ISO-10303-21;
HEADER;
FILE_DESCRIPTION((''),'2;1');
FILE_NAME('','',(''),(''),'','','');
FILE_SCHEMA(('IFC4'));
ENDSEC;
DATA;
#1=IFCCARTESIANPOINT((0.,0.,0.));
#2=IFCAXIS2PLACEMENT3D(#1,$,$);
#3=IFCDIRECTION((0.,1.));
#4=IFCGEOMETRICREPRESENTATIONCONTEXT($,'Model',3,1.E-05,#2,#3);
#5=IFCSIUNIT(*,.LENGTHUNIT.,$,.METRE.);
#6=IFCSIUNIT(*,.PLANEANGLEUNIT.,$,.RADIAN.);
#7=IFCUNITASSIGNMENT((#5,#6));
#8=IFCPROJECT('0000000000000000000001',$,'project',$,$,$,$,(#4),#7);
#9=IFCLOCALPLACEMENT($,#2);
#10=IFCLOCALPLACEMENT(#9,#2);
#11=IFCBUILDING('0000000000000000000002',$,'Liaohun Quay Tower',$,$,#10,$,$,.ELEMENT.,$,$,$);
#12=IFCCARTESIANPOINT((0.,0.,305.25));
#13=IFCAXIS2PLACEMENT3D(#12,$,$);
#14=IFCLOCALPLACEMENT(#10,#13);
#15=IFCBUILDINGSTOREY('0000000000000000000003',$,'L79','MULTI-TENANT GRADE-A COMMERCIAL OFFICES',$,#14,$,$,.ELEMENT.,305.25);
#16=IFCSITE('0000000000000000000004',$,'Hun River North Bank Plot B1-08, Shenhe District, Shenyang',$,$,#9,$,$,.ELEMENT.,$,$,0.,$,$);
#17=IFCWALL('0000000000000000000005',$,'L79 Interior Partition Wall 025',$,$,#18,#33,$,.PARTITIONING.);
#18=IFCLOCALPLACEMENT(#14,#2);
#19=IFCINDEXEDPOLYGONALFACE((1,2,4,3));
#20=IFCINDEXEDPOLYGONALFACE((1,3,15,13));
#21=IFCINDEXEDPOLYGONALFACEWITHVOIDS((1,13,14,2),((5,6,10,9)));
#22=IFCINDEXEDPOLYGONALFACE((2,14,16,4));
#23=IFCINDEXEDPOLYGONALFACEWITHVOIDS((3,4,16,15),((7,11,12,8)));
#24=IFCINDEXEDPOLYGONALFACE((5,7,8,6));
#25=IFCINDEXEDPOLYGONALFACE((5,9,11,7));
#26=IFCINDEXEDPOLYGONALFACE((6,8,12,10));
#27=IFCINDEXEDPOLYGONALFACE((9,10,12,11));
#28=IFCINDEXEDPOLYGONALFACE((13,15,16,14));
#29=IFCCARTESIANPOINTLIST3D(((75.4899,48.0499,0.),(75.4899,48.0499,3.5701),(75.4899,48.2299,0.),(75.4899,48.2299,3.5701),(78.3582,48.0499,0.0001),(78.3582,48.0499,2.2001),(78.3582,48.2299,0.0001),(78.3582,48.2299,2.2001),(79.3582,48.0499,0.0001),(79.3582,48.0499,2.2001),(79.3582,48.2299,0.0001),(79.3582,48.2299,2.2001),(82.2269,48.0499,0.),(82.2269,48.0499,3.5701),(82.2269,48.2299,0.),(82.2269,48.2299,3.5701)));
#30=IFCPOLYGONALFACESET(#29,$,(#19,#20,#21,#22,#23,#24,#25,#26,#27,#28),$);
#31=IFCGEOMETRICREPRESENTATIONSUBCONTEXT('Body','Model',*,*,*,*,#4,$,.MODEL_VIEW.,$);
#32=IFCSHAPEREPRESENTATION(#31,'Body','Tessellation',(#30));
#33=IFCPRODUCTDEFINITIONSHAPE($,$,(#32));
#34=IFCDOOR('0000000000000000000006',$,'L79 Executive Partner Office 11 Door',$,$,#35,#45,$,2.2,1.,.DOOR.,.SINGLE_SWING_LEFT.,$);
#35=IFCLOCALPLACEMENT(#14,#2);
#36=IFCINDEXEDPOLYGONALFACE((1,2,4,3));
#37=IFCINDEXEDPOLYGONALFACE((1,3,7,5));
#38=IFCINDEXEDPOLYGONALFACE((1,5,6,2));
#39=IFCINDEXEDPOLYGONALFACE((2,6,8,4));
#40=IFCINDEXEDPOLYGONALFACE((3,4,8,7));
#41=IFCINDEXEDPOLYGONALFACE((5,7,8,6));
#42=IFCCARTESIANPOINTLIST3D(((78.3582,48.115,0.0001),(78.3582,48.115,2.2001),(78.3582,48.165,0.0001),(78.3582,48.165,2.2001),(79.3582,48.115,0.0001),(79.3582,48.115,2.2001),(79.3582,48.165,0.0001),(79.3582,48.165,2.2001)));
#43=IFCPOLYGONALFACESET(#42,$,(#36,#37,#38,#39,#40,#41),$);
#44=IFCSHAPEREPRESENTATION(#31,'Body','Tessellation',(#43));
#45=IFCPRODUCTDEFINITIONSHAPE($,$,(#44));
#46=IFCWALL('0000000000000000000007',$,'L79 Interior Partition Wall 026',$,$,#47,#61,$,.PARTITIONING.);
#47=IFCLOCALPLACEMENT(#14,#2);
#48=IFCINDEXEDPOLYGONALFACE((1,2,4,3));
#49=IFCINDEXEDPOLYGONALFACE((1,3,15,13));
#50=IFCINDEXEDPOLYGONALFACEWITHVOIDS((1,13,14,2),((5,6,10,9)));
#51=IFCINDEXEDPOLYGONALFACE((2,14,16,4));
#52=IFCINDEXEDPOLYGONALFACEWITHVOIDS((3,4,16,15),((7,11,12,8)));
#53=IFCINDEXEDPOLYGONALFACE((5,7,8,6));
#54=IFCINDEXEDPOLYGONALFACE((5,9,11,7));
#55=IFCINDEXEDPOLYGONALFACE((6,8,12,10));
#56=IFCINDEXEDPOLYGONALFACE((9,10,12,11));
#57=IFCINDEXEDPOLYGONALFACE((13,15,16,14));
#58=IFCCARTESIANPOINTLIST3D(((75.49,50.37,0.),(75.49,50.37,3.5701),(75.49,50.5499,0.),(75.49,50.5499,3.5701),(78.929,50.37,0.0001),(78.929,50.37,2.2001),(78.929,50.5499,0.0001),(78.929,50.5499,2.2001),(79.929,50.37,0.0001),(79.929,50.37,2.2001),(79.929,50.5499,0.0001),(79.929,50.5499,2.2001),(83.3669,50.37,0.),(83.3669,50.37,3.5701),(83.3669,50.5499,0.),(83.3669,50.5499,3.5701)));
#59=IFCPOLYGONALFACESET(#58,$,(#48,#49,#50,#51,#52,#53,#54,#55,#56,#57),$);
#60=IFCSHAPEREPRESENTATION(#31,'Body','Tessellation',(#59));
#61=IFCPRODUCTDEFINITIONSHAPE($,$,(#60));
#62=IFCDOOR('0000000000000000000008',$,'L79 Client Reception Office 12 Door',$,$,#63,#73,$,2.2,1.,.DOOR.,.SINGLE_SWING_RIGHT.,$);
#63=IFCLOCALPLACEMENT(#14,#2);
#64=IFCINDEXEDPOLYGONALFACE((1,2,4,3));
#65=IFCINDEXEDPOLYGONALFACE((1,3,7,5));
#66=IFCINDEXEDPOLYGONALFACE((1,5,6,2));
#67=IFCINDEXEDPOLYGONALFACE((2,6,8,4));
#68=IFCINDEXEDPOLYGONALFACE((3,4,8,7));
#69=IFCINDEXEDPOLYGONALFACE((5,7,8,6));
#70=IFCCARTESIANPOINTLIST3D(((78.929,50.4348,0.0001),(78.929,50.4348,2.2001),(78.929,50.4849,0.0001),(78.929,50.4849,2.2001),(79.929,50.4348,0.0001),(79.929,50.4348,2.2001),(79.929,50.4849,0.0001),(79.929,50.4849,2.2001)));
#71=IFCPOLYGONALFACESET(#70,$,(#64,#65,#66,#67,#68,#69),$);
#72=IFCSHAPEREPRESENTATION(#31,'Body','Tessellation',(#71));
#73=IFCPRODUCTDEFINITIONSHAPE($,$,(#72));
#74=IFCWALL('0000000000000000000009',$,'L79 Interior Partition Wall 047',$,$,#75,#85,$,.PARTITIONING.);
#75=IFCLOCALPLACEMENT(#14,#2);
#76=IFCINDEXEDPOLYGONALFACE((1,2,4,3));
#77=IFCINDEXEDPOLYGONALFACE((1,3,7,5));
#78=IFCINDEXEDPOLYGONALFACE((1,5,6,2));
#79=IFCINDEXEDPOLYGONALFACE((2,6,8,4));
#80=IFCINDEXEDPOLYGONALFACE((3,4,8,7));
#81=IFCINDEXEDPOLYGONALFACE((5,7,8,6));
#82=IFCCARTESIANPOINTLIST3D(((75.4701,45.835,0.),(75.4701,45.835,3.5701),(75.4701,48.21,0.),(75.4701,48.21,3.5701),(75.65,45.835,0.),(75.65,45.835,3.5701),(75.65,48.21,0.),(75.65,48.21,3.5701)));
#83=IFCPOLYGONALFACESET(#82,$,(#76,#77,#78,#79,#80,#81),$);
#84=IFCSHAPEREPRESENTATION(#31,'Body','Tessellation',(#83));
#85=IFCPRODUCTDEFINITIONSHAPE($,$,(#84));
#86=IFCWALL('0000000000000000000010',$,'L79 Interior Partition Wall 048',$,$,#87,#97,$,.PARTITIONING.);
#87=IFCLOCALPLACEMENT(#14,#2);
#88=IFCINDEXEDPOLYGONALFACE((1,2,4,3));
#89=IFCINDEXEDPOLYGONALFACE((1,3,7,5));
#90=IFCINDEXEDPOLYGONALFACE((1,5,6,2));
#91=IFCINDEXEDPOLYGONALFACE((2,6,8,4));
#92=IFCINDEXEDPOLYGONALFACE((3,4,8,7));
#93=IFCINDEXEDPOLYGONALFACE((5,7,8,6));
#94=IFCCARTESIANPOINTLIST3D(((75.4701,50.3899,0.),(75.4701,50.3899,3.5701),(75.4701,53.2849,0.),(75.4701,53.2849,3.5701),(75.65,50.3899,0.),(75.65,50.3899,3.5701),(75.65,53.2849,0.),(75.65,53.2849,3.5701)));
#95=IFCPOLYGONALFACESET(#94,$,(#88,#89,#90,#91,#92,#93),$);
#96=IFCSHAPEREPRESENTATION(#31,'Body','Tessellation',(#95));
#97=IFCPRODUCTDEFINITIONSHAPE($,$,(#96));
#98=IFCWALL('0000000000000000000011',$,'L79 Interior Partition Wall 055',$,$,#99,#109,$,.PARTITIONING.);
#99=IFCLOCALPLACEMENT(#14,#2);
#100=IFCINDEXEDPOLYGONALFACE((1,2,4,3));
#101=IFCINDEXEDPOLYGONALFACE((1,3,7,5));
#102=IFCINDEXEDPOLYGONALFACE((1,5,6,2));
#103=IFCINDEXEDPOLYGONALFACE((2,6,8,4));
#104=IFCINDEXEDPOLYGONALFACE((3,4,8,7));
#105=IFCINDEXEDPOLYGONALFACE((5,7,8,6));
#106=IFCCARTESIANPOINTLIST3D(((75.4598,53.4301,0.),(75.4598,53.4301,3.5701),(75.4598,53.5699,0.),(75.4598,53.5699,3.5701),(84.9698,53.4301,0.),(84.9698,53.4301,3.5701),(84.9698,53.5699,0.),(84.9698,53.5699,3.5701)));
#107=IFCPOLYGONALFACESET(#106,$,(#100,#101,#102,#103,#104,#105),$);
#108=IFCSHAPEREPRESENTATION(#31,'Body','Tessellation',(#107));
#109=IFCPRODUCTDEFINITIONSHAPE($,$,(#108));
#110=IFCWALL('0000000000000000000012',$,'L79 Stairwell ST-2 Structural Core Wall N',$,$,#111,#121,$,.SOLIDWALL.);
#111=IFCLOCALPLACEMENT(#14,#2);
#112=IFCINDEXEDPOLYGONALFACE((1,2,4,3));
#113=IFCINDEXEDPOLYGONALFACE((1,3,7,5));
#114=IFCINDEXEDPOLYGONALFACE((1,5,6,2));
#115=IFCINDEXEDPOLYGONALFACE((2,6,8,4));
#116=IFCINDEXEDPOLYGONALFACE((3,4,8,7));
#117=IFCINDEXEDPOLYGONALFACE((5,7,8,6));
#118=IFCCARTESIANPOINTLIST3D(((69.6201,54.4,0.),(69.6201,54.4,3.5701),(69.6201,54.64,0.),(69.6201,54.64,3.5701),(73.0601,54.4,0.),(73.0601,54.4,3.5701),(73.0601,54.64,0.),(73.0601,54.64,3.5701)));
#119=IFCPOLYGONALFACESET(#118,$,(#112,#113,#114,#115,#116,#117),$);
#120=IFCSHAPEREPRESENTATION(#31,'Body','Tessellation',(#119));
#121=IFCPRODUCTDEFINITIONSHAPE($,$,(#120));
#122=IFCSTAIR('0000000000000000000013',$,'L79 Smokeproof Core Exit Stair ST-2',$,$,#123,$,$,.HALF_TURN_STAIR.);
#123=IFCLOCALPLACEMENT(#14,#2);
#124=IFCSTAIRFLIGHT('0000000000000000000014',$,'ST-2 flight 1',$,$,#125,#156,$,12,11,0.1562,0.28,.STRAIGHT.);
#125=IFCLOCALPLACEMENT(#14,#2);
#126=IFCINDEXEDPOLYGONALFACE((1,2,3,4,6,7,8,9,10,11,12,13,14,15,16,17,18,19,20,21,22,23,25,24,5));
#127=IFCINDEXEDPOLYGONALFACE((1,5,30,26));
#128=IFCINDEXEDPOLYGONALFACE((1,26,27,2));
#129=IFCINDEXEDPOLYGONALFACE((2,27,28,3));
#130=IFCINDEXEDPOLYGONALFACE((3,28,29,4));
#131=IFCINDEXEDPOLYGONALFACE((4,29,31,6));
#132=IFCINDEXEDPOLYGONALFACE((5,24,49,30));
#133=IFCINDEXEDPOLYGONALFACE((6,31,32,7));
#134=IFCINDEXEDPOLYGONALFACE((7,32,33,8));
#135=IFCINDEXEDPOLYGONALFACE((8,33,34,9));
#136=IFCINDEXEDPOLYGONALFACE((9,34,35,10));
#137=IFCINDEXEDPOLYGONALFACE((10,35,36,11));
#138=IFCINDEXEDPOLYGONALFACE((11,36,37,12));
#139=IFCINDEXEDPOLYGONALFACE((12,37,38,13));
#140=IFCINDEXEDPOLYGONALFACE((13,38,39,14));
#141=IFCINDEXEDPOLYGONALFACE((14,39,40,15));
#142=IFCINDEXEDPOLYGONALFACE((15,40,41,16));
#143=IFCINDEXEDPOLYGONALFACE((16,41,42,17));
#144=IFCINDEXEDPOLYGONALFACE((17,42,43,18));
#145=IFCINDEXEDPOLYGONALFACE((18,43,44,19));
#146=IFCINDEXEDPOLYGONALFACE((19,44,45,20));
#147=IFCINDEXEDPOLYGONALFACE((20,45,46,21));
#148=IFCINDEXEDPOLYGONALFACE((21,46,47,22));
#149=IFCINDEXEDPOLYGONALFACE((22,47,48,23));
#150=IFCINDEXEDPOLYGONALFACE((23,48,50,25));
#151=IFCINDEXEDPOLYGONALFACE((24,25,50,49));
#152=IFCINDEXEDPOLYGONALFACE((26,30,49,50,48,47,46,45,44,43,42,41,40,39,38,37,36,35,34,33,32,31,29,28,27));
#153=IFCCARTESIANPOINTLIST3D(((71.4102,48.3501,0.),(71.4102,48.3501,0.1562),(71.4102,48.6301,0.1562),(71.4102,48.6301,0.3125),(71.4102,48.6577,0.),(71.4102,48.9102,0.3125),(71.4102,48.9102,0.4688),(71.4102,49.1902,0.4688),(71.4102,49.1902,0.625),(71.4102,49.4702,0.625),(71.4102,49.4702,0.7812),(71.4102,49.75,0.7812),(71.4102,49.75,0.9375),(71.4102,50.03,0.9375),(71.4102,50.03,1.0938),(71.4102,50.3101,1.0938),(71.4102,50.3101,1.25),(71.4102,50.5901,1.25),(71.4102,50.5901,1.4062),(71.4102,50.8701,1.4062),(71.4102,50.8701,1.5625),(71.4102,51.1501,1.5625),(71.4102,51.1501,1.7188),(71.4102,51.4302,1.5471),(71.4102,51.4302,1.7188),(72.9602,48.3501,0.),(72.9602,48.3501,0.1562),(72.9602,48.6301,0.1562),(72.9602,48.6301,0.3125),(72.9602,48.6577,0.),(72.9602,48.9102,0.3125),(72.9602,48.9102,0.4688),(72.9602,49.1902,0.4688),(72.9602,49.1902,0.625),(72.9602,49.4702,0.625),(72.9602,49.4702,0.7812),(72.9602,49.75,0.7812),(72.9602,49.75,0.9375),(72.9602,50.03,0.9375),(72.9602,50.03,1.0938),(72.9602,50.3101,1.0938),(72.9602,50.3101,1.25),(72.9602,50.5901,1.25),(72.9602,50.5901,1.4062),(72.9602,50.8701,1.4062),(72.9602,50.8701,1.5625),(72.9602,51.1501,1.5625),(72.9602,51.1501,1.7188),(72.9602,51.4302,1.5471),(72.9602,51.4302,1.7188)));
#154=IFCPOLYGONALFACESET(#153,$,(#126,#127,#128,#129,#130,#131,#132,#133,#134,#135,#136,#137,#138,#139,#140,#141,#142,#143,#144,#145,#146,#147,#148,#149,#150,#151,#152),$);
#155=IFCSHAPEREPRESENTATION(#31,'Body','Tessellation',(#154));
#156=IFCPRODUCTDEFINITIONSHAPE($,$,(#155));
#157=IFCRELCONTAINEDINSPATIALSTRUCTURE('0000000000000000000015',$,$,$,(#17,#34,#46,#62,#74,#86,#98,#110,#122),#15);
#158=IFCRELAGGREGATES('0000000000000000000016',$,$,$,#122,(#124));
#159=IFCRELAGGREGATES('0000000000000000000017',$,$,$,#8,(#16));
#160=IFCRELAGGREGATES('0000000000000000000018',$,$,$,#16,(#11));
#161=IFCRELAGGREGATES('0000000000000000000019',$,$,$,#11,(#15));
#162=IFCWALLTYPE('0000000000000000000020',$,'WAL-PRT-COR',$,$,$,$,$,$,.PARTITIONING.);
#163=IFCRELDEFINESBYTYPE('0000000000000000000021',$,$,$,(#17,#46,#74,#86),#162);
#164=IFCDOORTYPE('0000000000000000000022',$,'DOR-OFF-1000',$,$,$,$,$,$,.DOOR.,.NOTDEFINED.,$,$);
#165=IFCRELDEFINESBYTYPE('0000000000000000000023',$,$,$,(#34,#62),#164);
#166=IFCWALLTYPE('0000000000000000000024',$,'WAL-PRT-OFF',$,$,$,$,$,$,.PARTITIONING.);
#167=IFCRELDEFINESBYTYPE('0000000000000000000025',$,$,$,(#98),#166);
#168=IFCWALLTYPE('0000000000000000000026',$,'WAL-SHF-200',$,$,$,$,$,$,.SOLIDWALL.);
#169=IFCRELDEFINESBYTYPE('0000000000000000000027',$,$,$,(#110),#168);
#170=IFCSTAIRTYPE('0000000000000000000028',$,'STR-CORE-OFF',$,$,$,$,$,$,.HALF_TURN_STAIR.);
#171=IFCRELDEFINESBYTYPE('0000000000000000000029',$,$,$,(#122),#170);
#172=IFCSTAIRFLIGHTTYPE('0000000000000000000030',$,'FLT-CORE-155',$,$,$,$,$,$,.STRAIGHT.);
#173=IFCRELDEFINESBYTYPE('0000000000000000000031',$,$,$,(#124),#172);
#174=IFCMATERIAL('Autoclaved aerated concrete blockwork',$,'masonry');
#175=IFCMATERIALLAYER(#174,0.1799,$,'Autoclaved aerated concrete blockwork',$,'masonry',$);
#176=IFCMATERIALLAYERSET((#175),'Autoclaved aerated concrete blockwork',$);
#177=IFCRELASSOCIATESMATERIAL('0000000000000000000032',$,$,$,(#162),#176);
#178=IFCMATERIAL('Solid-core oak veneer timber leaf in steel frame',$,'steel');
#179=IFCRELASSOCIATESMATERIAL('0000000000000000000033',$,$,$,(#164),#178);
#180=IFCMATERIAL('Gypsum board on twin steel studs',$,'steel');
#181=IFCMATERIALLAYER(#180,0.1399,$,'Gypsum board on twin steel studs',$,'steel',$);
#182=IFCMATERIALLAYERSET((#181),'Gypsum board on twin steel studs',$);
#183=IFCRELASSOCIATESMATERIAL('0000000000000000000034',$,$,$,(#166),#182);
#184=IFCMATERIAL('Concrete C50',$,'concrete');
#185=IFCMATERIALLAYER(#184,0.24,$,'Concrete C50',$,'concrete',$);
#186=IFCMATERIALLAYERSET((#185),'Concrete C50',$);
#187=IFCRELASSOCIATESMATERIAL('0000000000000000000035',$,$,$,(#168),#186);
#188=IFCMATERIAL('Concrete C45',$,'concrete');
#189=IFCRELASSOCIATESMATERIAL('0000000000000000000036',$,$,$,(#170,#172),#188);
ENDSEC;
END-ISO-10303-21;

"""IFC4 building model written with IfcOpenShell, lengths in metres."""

from ifc_helpers import new_model, si_unit, direction, frame, frame_2d, origin, place, context, subcontext, project, spatial, polyline, rectangle, outline, extrude, source, transform, mapped, material, layer, layer_set, type_object, element, fill, aggregate, save


model = new_model("IFC4")

# Units and contexts
model_context = context("Model", 3, precision=1e-05, world=origin(), true_north=direction((0.0, 1.0)))
body_context = subcontext(model_context, "Body", "Model", "MODEL_VIEW")
ifc_project = project(units=[si_unit("LENGTHUNIT", "METRE"), si_unit("PLANEANGLEUNIT", "RADIAN")], contexts=[model_context])

# Site, building, storey
site_placement = place(None, origin())
site = spatial("IfcSite", under=ifc_project, at=site_placement, Name="Hun River North Bank Plot B1-08, Shenhe District, Shenyang", CompositionType="ELEMENT", RefElevation=0.0)
building_placement = place(site_placement, origin())
building = spatial("IfcBuilding", under=site, at=building_placement, Name="Liaohun Quay Tower", CompositionType="ELEMENT")
storey_placement = place(building_placement, frame((0.0, 0.0, 305.25)))
storey = spatial("IfcBuildingStorey", under=building, at=storey_placement, Name="L79", Description="MULTI-TENANT GRADE-A COMMERCIAL OFFICES", CompositionType="ELEMENT", Elevation=305.25)

# Walls, openings, doors
ifc_material_1 = material(Name="Autoclaved aerated concrete blockwork", Category="masonry")
ifc_layer_1 = layer(ifc_material_1, 0.1799, Name="Autoclaved aerated concrete blockwork", Category="masonry")
ifc_layer_set_1 = layer_set([ifc_layer_1], Name="Autoclaved aerated concrete blockwork")
wall_type_1 = type_object("IfcWallType", Name="WAL-PRT-COR", PredefinedType="PARTITIONING", material=ifc_layer_set_1)
wall_1_placement = place(storey_placement, frame((82.2271, 48.1399, 0.0), z_axis=(0.0, 0.0, 1.0), x_axis=(-1.0, 0.0, 0.0)))
wall_1 = element("IfcWall", 1, at=wall_1_placement, inside=storey, type_object=wall_type_1, Name="L79 Interior Partition Wall 025", PredefinedType="PARTITIONING", context=body_context, shape_type="SweptSolid", body=[
    extrude(rectangle(XDim=6.7371, YDim=0.1799, at=frame_2d((3.3687, 0.0))), origin(), (0.0, 0.0, 1.0), 3.5701),
])
shared_shape_1 = source(origin(), body_context, "Body", "SweptSolid", [
    extrude(rectangle(XDim=1.0, YDim=2.2, at=frame_2d((0.5, 1.1001))), frame((0.0, 0.0999, 0.0), z_axis=(0.0, -1.0, 0.0), x_axis=(1.0, 0.0, 0.0)), (0.0, 0.0, 1.0), 0.2),
])
opening_1_placement = place(wall_1_placement, frame((2.8689, 0.0, 0.0)))
opening_1 = element("IfcOpeningElement", 2, at=opening_1_placement, cuts=wall_1, PredefinedType="OPENING", context=body_context, shape_type="MappedRepresentation", body=[
    mapped(shared_shape_1, transform((0.0, 0.0, 0.0), x_axis=(1.0, 0.0, 0.0), y_axis=(0.0, 1.0, 0.0), z_axis=(0.0, 0.0, 1.0), scale=1.0)),
])
ifc_material_2 = material(Name="Solid-core oak veneer timber leaf in steel frame", Category="steel")
door_type_1 = type_object("IfcDoorType", Name="DOR-OFF-1000", OperationType="NOTDEFINED", PredefinedType="DOOR", material=ifc_material_2)
shared_shape_2 = source(origin(), body_context, "Body", "SweptSolid", [
    extrude(rectangle(XDim=1.0, YDim=2.2, at=frame_2d((0.5, 1.1001))), frame((0.0, 0.0249, 0.0), z_axis=(0.0, -1.0, 0.0), x_axis=(1.0, 0.0, 0.0)), (0.0, 0.0, 1.0), 0.05),
])
door_1_placement = place(opening_1_placement, origin())
door_1 = element("IfcDoor", 3, at=door_1_placement, inside=storey, type_object=door_type_1, Name="L79 Executive Partner Office 11 Door", OperationType="SINGLE_SWING_LEFT", OverallHeight=2.2, OverallWidth=1.0, PredefinedType="DOOR", context=body_context, shape_type="MappedRepresentation", body=[
    mapped(shared_shape_2, transform((0.0, 0.0, 0.0), x_axis=(1.0, 0.0, 0.0), y_axis=(0.0, 1.0, 0.0), z_axis=(0.0, 0.0, 1.0), scale=1.0)),
])
fill(opening_1, door_1)
wall_2_placement = place(storey_placement, frame((75.49, 50.46, 0.0), z_axis=(0.0, 0.0, 1.0), x_axis=(1.0, 0.0, 0.0)))
wall_2 = element("IfcWall", 4, at=wall_2_placement, inside=storey, type_object=wall_type_1, Name="L79 Interior Partition Wall 026", PredefinedType="PARTITIONING", context=body_context, shape_type="SweptSolid", body=[
    extrude(rectangle(XDim=7.877, YDim=0.1799, at=frame_2d((3.9385, 0.0))), origin(), (0.0, 0.0, 1.0), 3.5701),
])
opening_2_placement = place(wall_2_placement, frame((3.439, 0.0, 0.0)))
opening_2 = element("IfcOpeningElement", 5, at=opening_2_placement, cuts=wall_2, PredefinedType="OPENING", context=body_context, shape_type="MappedRepresentation", body=[
    mapped(shared_shape_1, transform((0.0, 0.0, 0.0), x_axis=(1.0, 0.0, 0.0), y_axis=(0.0, 1.0, 0.0), z_axis=(0.0, 0.0, 1.0), scale=1.0)),
])
door_2_placement = place(opening_2_placement, origin())
door_2 = element("IfcDoor", 6, at=door_2_placement, inside=storey, type_object=door_type_1, Name="L79 Client Reception Office 12 Door", OperationType="SINGLE_SWING_RIGHT", OverallHeight=2.2, OverallWidth=1.0, PredefinedType="DOOR", context=body_context, shape_type="MappedRepresentation", body=[
    mapped(shared_shape_2, transform((0.0, 0.0, 0.0), x_axis=(1.0, 0.0, 0.0), y_axis=(0.0, 1.0, 0.0), z_axis=(0.0, 0.0, 1.0), scale=1.0)),
])
fill(opening_2, door_2)

# Walls
wall_3_placement = place(storey_placement, frame((75.5601, 48.21, 0.0), z_axis=(0.0, 0.0, 1.0), x_axis=(0.0, -1.0, 0.0)))
element("IfcWall", 7, at=wall_3_placement, inside=storey, type_object=wall_type_1, Name="L79 Interior Partition Wall 047", PredefinedType="PARTITIONING", context=body_context, shape_type="SweptSolid", body=[
    extrude(rectangle(XDim=2.375, YDim=0.1799, at=frame_2d((1.1875, 0.0))), origin(), (0.0, 0.0, 1.0), 3.5701),
])
wall_4_placement = place(storey_placement, frame((75.5601, 53.2849, 0.0), z_axis=(0.0, 0.0, 1.0), x_axis=(0.0, -1.0, 0.0)))
element("IfcWall", 8, at=wall_4_placement, inside=storey, type_object=wall_type_1, Name="L79 Interior Partition Wall 048", PredefinedType="PARTITIONING", context=body_context, shape_type="SweptSolid", body=[
    extrude(rectangle(XDim=2.895, YDim=0.1799, at=frame_2d((1.4475, 0.0))), origin(), (0.0, 0.0, 1.0), 3.5701),
])
ifc_material_3 = material(Name="Gypsum board on twin steel studs", Category="steel")
ifc_layer_2 = layer(ifc_material_3, 0.1399, Name="Gypsum board on twin steel studs", Category="steel")
ifc_layer_set_2 = layer_set([ifc_layer_2], Name="Gypsum board on twin steel studs")
wall_type_2 = type_object("IfcWallType", Name="WAL-PRT-OFF", PredefinedType="PARTITIONING", material=ifc_layer_set_2)
wall_5_placement = place(storey_placement, frame((75.46, 53.5, 0.0), z_axis=(0.0, 0.0, 1.0), x_axis=(1.0, 0.0, 0.0)))
element("IfcWall", 9, at=wall_5_placement, inside=storey, type_object=wall_type_2, Name="L79 Interior Partition Wall 055", PredefinedType="PARTITIONING", context=body_context, shape_type="SweptSolid", body=[
    extrude(rectangle(XDim=9.51, YDim=0.1399, at=frame_2d((4.7549, 0.0))), origin(), (0.0, 0.0, 1.0), 3.5701),
])

# Wall
ifc_material_4 = material(Name="Concrete C50", Category="concrete")
ifc_layer_3 = layer(ifc_material_4, 0.24, Name="Concrete C50", Category="concrete")
ifc_layer_set_3 = layer_set([ifc_layer_3], Name="Concrete C50")
wall_type_3 = type_object("IfcWallType", Name="WAL-SHF-200", PredefinedType="SOLIDWALL", material=ifc_layer_set_3)
wall_6_placement = place(storey_placement, frame((73.0601, 54.52, 0.0), z_axis=(0.0, 0.0, 1.0), x_axis=(-1.0, 0.0, 0.0)))
element("IfcWall", 10, at=wall_6_placement, inside=storey, type_object=wall_type_3, Name="L79 Stairwell ST-2 Structural Core Wall N", PredefinedType="SOLIDWALL", context=body_context, shape_type="SweptSolid", body=[
    extrude(rectangle(XDim=3.4399, YDim=0.24, at=frame_2d((1.72, 0.0))), origin(), (0.0, 0.0, 1.0), 3.5701),
])

# Stair, stair flight
ifc_material_5 = material(Name="Concrete C45", Category="concrete")
stair_type = type_object("IfcStairType", Name="STR-CORE-OFF", PredefinedType="HALF_TURN_STAIR", material=ifc_material_5)
stair_placement = place(storey_placement, origin())
stair = element("IfcStair", 11, at=stair_placement, inside=storey, type_object=stair_type, Name="L79 Smokeproof Core Exit Stair ST-2", PredefinedType="HALF_TURN_STAIR")
stair_flight_type = type_object("IfcStairFlightType", Name="FLT-CORE-155", PredefinedType="STRAIGHT", material=ifc_material_5)
stair_flight_1_placement = place(storey_placement, frame((72.1851, 48.3501, 0.0), z_axis=(0.0, 0.0, 1.0), x_axis=(0.0, 1.0, 0.0)))
stair_flight_1 = element("IfcStairFlight", 12, at=stair_flight_1_placement, type_object=stair_flight_type, Name="ST-2 flight 1", NumberOfRisers=12, NumberOfTreads=11, PredefinedType="STRAIGHT", RiserHeight=0.1562, TreadLength=0.28, context=body_context, shape_type="SweptSolid", body=[
    extrude(outline(polyline([(0.0, 0.0), (0.0, 0.1562), (0.28, 0.1562), (0.28, 0.3125), (0.5601, 0.3125), (0.5601, 0.4688), (0.8401, 0.4688), (0.8401, 0.625), (1.1201, 0.625), (1.1201, 0.7812), (1.3999, 0.7812), (1.3999, 0.9375), (1.6799, 0.9375), (1.6799, 1.0938), (1.96, 1.0938), (1.96, 1.25), (2.24, 1.25), (2.24, 1.4062), (2.52, 1.4062), (2.52, 1.5625), (2.8, 1.5625), (2.8, 1.7188), (3.0801, 1.7188), (3.0801, 1.875), (3.0801, 1.5471), (0.3076, 0.0), (0.0, 0.0)])), frame((0.0, 0.7749, 0.0), z_axis=(0.0, -1.0, 0.0), x_axis=(1.0, 0.0, 0.0)), (0.0, 0.0, 1.0), 1.55),
])
aggregate(stair, [stair_flight_1])

save(model, "model.ifc")
